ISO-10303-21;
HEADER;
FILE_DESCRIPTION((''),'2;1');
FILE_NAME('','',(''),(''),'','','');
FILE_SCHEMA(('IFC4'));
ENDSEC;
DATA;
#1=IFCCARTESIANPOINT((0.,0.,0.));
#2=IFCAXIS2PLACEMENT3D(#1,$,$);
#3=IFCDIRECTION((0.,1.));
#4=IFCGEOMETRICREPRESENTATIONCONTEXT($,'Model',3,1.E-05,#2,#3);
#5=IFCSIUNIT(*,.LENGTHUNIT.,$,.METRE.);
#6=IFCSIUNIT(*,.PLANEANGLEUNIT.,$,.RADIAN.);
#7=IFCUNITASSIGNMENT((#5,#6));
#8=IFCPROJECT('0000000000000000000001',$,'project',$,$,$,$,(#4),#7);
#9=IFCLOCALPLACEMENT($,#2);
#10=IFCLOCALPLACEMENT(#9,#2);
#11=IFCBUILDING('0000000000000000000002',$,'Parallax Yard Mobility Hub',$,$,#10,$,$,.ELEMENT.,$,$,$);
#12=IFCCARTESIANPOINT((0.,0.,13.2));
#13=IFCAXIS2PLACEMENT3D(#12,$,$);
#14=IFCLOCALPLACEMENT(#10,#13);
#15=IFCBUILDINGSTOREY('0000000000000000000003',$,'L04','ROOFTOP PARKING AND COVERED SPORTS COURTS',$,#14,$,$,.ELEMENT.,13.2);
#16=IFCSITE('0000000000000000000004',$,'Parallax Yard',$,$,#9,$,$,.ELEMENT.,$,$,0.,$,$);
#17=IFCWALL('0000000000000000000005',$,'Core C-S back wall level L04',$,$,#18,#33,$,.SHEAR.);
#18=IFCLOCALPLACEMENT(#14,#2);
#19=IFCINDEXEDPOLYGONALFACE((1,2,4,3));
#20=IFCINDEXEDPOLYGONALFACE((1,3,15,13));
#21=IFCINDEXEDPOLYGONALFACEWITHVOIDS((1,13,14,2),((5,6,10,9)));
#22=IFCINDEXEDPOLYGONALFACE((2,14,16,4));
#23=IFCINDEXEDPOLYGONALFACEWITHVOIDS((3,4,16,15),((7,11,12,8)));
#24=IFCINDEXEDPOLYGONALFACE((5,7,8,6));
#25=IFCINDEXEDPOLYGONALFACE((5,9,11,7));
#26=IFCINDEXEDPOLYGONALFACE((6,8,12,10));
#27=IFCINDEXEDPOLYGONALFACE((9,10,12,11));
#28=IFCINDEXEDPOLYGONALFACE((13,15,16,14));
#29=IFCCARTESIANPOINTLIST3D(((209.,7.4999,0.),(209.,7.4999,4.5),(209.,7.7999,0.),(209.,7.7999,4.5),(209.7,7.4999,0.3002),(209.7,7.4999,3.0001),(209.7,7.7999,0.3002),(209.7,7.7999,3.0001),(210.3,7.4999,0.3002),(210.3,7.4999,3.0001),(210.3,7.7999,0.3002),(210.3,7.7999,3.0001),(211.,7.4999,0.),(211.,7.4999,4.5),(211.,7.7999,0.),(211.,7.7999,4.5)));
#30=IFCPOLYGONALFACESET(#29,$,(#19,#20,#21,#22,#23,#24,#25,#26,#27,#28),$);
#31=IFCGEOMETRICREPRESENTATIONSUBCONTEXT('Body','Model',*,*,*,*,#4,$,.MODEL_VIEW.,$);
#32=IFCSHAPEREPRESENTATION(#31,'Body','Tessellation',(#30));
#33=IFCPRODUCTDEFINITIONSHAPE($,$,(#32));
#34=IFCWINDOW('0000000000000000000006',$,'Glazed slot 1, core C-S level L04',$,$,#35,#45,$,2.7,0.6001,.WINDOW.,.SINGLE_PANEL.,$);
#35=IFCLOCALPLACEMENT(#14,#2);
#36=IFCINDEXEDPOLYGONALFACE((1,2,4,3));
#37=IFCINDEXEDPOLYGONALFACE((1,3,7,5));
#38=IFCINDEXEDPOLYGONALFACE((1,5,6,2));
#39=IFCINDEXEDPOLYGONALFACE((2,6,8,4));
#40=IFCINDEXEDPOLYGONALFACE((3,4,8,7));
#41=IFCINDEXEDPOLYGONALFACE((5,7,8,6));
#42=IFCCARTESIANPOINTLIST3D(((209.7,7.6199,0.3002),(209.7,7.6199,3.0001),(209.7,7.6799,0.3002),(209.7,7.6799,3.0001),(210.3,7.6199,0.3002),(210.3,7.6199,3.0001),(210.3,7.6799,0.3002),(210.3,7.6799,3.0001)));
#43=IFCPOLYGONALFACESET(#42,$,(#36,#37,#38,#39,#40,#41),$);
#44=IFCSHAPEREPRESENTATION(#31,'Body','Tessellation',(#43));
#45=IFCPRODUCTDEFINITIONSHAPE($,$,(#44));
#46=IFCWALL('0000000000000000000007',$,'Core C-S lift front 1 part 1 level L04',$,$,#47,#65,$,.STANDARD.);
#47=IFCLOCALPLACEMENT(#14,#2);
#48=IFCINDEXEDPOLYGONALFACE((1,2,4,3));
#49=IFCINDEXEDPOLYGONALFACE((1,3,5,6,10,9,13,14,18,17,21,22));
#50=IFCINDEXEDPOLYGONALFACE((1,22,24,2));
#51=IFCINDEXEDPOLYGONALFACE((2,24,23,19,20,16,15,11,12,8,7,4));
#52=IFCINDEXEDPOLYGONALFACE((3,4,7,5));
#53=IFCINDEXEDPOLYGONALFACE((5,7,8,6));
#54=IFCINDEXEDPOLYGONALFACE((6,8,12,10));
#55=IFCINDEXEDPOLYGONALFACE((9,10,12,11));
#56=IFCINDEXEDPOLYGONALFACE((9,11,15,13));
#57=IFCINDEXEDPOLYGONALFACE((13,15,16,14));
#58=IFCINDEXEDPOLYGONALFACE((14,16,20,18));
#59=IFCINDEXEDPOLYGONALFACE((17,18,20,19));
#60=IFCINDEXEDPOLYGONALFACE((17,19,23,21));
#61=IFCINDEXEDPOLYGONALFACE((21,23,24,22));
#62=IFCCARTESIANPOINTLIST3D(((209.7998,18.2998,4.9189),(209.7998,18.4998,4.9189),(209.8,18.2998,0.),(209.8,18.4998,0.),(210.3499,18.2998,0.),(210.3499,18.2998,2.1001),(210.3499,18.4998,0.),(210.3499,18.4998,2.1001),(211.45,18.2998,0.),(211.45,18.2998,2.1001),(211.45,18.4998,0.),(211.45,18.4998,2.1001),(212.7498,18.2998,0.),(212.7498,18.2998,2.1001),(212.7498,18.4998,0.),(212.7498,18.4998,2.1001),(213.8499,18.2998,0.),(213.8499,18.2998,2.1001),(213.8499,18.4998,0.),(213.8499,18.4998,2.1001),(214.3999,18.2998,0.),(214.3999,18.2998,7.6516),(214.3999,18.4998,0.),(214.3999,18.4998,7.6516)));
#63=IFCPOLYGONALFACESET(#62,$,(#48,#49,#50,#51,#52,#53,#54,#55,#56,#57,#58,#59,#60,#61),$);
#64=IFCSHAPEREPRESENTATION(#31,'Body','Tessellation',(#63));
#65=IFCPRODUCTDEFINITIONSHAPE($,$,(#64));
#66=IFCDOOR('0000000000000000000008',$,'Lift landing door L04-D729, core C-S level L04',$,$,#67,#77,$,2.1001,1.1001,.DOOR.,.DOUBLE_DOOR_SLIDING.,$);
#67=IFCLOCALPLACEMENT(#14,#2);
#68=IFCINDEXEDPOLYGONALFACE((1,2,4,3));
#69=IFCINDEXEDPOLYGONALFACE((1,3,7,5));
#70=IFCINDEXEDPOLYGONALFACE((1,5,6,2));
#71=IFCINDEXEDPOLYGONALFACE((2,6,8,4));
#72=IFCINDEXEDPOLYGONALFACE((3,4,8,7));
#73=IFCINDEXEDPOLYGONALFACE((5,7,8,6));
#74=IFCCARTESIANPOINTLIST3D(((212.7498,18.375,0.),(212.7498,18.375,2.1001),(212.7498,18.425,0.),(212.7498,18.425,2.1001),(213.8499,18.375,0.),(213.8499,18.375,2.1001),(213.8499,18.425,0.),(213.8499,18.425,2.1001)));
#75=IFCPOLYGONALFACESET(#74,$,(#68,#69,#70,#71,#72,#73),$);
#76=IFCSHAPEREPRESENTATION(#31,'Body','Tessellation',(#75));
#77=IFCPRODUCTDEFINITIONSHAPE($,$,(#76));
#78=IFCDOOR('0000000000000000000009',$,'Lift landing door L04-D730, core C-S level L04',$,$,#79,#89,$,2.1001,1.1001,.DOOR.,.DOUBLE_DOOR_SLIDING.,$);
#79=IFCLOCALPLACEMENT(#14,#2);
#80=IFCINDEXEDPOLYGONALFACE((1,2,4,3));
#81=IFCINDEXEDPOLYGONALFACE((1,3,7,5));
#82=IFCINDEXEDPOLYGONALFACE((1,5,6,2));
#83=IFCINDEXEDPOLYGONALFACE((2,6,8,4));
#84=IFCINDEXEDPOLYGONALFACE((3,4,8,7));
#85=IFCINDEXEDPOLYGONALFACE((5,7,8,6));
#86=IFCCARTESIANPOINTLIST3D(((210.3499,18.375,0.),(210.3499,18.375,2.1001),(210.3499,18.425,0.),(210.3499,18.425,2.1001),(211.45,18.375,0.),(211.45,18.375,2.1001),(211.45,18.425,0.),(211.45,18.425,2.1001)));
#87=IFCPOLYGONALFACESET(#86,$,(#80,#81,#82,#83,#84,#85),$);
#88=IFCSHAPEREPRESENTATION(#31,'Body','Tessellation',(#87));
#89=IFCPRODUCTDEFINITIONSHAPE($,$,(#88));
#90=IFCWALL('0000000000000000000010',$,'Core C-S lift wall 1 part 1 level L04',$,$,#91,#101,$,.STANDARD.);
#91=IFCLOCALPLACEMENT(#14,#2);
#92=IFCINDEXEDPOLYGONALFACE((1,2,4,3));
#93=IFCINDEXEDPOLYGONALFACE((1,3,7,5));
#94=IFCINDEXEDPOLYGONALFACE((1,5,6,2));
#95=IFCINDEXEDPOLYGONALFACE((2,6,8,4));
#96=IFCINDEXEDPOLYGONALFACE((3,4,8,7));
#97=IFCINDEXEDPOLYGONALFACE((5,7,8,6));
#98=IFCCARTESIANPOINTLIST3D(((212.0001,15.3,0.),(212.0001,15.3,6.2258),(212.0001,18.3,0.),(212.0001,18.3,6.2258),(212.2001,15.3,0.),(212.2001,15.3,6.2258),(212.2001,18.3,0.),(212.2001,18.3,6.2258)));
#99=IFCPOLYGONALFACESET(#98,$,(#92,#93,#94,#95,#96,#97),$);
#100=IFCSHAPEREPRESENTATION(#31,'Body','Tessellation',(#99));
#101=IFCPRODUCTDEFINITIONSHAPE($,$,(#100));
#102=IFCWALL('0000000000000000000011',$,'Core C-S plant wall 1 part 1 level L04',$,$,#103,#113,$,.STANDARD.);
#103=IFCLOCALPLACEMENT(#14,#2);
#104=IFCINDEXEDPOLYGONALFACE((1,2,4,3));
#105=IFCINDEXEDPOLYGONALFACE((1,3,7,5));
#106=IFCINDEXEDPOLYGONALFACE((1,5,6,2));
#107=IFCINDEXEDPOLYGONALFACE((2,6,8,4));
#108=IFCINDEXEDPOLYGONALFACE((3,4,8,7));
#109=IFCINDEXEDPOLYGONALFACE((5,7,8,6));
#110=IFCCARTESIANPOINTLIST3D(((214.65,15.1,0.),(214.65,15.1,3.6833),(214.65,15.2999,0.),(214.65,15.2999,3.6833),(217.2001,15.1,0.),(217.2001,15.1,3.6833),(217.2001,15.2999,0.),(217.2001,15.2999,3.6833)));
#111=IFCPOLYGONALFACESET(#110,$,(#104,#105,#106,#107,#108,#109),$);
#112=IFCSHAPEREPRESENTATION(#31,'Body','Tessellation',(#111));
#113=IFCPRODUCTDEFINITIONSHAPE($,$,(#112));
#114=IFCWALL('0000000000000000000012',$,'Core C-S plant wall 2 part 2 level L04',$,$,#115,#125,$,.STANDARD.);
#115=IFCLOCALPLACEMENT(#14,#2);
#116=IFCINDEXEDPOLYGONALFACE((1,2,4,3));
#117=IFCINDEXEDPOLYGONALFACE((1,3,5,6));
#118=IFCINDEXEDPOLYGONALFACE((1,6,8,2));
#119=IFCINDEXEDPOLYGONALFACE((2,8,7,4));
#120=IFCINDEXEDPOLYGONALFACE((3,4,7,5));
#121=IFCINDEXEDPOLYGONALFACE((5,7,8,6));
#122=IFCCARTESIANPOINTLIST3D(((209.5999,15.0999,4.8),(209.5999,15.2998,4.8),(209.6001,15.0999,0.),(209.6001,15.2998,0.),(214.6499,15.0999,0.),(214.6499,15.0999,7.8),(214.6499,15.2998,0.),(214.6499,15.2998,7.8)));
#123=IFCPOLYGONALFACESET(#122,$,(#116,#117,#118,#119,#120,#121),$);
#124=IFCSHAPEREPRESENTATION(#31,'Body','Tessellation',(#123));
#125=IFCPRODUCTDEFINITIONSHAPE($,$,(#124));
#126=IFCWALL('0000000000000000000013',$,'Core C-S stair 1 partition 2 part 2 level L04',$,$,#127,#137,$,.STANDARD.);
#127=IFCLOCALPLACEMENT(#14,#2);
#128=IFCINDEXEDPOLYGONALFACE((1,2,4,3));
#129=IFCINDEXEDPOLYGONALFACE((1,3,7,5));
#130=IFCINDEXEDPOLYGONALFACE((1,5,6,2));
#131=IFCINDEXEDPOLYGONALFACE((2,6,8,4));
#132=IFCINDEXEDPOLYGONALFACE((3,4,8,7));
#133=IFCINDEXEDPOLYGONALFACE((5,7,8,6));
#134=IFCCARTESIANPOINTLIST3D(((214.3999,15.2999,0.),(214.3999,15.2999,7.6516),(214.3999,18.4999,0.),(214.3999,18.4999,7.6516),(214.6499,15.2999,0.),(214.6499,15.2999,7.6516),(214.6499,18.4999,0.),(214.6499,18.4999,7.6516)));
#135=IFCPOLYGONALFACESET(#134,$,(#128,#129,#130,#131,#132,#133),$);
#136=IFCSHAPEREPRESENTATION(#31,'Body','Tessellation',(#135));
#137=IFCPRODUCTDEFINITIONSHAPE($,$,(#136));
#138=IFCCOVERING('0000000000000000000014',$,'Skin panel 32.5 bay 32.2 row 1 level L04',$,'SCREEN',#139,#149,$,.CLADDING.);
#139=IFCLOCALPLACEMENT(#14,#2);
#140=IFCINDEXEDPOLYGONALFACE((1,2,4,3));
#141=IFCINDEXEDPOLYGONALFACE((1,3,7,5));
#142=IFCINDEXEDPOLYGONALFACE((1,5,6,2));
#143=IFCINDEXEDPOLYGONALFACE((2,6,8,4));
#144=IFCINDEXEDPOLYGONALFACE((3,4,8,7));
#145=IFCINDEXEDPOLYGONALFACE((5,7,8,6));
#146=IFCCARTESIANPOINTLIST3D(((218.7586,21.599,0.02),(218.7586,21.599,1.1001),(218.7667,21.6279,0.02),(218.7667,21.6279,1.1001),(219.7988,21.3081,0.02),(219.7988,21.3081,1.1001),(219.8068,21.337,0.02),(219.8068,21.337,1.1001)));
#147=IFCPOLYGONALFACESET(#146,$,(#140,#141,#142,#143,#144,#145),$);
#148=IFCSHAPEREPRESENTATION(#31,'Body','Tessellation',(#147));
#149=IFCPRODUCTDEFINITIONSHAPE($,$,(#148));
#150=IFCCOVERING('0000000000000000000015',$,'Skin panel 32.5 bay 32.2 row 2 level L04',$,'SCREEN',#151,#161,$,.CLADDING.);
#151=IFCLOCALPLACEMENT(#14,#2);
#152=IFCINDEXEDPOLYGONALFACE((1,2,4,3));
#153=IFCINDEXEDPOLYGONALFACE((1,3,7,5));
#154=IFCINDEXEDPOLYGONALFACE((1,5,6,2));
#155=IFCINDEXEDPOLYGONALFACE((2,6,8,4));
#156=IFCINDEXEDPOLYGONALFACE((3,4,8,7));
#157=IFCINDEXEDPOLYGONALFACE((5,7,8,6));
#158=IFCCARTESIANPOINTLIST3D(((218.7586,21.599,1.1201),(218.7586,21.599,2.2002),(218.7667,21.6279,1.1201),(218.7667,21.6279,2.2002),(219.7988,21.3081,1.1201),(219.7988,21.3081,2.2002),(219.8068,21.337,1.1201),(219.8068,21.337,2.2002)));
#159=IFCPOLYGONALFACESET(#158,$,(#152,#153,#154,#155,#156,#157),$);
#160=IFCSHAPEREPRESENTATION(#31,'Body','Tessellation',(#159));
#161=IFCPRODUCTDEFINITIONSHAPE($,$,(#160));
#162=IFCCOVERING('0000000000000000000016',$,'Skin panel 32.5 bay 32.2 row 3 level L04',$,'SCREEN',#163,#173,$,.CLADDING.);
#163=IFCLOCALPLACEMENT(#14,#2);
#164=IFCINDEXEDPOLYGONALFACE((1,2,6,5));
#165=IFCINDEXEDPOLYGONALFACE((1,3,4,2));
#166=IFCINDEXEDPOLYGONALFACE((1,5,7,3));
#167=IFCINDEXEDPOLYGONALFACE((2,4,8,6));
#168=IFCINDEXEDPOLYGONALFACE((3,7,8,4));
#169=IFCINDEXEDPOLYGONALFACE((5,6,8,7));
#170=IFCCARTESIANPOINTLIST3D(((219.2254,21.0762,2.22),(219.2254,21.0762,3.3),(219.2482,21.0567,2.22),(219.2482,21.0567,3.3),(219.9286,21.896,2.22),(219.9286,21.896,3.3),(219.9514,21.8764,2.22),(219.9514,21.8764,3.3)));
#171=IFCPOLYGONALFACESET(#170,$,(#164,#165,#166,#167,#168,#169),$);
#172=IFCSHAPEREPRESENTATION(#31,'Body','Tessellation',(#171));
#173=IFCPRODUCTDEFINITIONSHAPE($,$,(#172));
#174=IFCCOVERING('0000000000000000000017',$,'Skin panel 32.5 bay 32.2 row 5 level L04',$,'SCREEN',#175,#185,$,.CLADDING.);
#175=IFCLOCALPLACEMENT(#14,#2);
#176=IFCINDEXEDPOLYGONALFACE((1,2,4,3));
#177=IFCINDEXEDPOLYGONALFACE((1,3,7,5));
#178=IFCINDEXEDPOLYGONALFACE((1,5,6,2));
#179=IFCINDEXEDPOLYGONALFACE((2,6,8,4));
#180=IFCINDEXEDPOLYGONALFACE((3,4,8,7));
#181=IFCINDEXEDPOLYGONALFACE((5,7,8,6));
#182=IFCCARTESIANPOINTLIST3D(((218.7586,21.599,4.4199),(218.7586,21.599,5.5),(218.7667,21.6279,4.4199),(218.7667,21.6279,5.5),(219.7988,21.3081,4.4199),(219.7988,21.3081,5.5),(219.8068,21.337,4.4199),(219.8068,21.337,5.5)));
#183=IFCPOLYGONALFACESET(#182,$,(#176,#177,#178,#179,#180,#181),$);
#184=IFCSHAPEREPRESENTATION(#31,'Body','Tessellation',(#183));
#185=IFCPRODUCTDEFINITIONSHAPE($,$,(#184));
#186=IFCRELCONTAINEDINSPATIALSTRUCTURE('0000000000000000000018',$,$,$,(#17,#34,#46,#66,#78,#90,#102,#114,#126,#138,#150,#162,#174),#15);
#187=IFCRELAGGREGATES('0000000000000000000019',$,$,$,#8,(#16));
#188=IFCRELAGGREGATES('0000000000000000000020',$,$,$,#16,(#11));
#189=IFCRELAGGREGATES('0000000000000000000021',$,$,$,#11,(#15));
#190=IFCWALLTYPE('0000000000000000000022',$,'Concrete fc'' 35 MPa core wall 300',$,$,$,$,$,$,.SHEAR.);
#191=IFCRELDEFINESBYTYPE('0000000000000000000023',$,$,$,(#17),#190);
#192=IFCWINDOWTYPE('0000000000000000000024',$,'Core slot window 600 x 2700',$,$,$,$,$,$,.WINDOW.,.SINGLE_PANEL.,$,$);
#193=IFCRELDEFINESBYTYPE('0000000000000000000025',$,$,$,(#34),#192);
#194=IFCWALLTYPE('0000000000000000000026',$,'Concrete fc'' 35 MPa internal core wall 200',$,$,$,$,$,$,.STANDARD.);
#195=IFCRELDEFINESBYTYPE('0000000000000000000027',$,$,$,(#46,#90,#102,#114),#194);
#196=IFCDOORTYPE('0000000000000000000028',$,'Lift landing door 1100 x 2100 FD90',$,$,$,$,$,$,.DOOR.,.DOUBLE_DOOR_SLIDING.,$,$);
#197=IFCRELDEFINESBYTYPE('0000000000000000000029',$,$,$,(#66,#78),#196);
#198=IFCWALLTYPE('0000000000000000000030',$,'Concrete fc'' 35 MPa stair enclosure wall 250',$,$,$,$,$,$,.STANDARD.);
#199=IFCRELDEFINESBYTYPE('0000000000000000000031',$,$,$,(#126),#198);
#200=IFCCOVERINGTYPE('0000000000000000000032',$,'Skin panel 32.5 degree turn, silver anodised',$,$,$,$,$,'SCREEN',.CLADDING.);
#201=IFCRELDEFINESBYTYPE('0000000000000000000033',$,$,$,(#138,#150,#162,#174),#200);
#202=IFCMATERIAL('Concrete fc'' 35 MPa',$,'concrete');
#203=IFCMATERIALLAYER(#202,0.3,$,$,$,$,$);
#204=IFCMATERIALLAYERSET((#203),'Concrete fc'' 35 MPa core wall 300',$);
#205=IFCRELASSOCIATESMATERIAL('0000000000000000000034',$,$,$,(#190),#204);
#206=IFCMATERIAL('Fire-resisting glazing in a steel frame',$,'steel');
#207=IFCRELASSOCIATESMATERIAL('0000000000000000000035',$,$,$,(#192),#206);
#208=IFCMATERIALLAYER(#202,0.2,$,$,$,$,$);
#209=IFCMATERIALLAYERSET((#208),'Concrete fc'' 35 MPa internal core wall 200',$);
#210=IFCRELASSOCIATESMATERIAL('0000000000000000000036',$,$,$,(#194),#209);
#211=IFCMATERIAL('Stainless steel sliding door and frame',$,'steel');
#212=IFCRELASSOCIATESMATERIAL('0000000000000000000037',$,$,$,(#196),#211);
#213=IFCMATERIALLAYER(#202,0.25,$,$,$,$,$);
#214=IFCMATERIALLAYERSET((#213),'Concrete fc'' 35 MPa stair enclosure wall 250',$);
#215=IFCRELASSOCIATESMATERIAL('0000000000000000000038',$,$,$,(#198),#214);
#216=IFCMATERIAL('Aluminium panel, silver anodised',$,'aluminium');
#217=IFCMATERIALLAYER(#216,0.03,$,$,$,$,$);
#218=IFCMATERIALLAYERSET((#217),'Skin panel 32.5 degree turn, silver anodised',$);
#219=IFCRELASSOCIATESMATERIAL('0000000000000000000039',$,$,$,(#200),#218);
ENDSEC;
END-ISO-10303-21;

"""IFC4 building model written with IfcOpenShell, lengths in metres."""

from ifc_helpers import new_model, si_unit, direction, frame, frame_2d, origin, origin_2d, place, context, subcontext, project, spatial, polyline, rectangle, outline, extrude, material, layer, layer_set, type_object, element, fill, save


model = new_model("IFC4")

# Units and contexts
model_context = context("Model", 3, precision=1e-05, world=origin(), true_north=direction((0.0, 1.0)))
body_context = subcontext(model_context, "Body", "Model", "MODEL_VIEW")
ifc_project = project(units=[si_unit("LENGTHUNIT", "METRE"), si_unit("PLANEANGLEUNIT", "RADIAN")], contexts=[model_context])

# Site, building, storey
site_placement = place(None, origin())
site = spatial("IfcSite", under=ifc_project, at=site_placement, Name="Parallax Yard", CompositionType="ELEMENT", RefElevation=0.0)
building_placement = place(site_placement, origin())
building = spatial("IfcBuilding", under=site, at=building_placement, Name="Parallax Yard Mobility Hub", CompositionType="ELEMENT")
storey_placement = place(building_placement, frame((0.0, 0.0, 13.2)))
storey = spatial("IfcBuildingStorey", under=building, at=storey_placement, Name="L04", Description="ROOFTOP PARKING AND COVERED SPORTS COURTS", CompositionType="ELEMENT", Elevation=13.2)

# Wall, opening, window
ifc_material_1 = material(Name="Concrete fc' 35 MPa", Category="concrete")
ifc_layer_1 = layer(ifc_material_1, 0.3)
ifc_layer_set_1 = layer_set([ifc_layer_1], Name="Concrete fc' 35 MPa core wall 300")
wall_type_1 = type_object("IfcWallType", Name="Concrete fc' 35 MPa core wall 300", PredefinedType="SHEAR", material=ifc_layer_set_1)
wall_1_placement = place(storey_placement, frame((211.0, 7.6499, 0.0), z_axis=(0.0, 0.0, 1.0), x_axis=(-1.0, 0.0, 0.0)))
wall_1 = element("IfcWall", 1, at=wall_1_placement, inside=storey, type_object=wall_type_1, Name="Core C-S back wall level L04", PredefinedType="SHEAR", context=body_context, shape_type="SweptSolid", body=[
    extrude(rectangle(XDim=2.0, YDim=0.3, at=frame_2d((1.0, 0.0))), origin(), (0.0, 0.0, 1.0), 4.5),
])
opening_1_placement = place(wall_1_placement, frame((0.7, 0.0, 0.3)))
opening_1 = element("IfcOpeningElement", 2, at=opening_1_placement, cuts=wall_1, PredefinedType="OPENING", context=body_context, shape_type="SweptSolid", body=[
    extrude(rectangle(XDim=0.6001, YDim=2.7, at=frame_2d((0.3, 1.3501))), frame((0.0, 0.1602, 0.0), z_axis=(0.0, -1.0, 0.0), x_axis=(1.0, 0.0, 0.0)), (0.0, 0.0, 1.0), 0.3201),
])
ifc_material_2 = material(Name="Fire-resisting glazing in a steel frame", Category="steel")
window_type = type_object("IfcWindowType", Name="Core slot window 600 x 2700", PartitioningType="SINGLE_PANEL", PredefinedType="WINDOW", material=ifc_material_2)
window_placement = place(opening_1_placement, origin())
window = element("IfcWindow", 3, at=window_placement, inside=storey, type_object=window_type, Name="Glazed slot 1, core C-S level L04", OverallHeight=2.7, OverallWidth=0.6001, PartitioningType="SINGLE_PANEL", PredefinedType="WINDOW", context=body_context, shape_type="SweptSolid", body=[
    extrude(rectangle(XDim=0.6001, YDim=2.7, at=frame_2d((0.3, 1.3501))), frame((0.0, 0.03, 0.0), z_axis=(0.0, -1.0, 0.0), x_axis=(1.0, 0.0, 0.0)), (0.0, 0.0, 1.0), 0.0601),
])
fill(opening_1, window)

# Wall, openings, doors
ifc_layer_2 = layer(ifc_material_1, 0.2)
ifc_layer_set_2 = layer_set([ifc_layer_2], Name="Concrete fc' 35 MPa internal core wall 200")
wall_type_2 = type_object("IfcWallType", Name="Concrete fc' 35 MPa internal core wall 200", PredefinedType="STANDARD", material=ifc_layer_set_2)
wall_2_placement = place(storey_placement, frame((214.3999, 18.3999, 0.0), z_axis=(0.0, 0.0, 1.0), x_axis=(-1.0, 0.0, 0.0)))
wall_2 = element("IfcWall", 4, at=wall_2_placement, inside=storey, type_object=wall_type_2, Name="Core C-S lift front 1 part 1 level L04", PredefinedType="STANDARD", context=body_context, shape_type="SweptSolid", body=[
    extrude(outline(polyline([(0.0, 0.0), (4.5999, 0.0), (4.6001, 4.9189), (0.0, 7.6516), (0.0, 0.0)])), frame((0.0, 0.1001, 0.0), z_axis=(0.0, -1.0, 0.0), x_axis=(1.0, 0.0, 0.0)), (0.0, 0.0, 1.0), 0.2),
])
opening_2_placement = place(wall_2_placement, frame((0.55, 0.0, 0.0)))
opening_2 = element("IfcOpeningElement", 5, at=opening_2_placement, cuts=wall_2, PredefinedType="OPENING", context=body_context, shape_type="SweptSolid", body=[
    extrude(rectangle(XDim=1.1001, YDim=2.1001, at=frame_2d((0.55, 1.05))), frame((0.0, 0.1099, 0.0), z_axis=(0.0, -1.0, 0.0), x_axis=(1.0, 0.0, 0.0)), (0.0, 0.0, 1.0), 0.22),
])
opening_3_placement = place(wall_2_placement, frame((2.95, 0.0, 0.0)))
opening_3 = element("IfcOpeningElement", 6, at=opening_3_placement, cuts=wall_2, PredefinedType="OPENING", context=body_context, shape_type="SweptSolid", body=[
    extrude(rectangle(XDim=1.1001, YDim=2.1001, at=frame_2d((0.55, 1.05))), frame((0.0, 0.1099, 0.0), z_axis=(0.0, -1.0, 0.0), x_axis=(1.0, 0.0, 0.0)), (0.0, 0.0, 1.0), 0.22),
])
ifc_material_3 = material(Name="Stainless steel sliding door and frame", Category="steel")
door_type = type_object("IfcDoorType", Name="Lift landing door 1100 x 2100 FD90", OperationType="DOUBLE_DOOR_SLIDING", PredefinedType="DOOR", material=ifc_material_3)
door_1_placement = place(opening_2_placement, origin())
door_1 = element("IfcDoor", 7, at=door_1_placement, inside=storey, type_object=door_type, Name="Lift landing door L04-D729, core C-S level L04", OperationType="DOUBLE_DOOR_SLIDING", OverallHeight=2.1001, OverallWidth=1.1001, PredefinedType="DOOR", context=body_context, shape_type="SweptSolid", body=[
    extrude(rectangle(XDim=1.1001, YDim=2.1001, at=frame_2d((0.55, 1.05))), frame((0.0, 0.0249, 0.0), z_axis=(0.0, -1.0, 0.0), x_axis=(1.0, 0.0, 0.0)), (0.0, 0.0, 1.0), 0.05),
])
fill(opening_2, door_1)
door_2_placement = place(opening_3_placement, origin())
door_2 = element("IfcDoor", 8, at=door_2_placement, inside=storey, type_object=door_type, Name="Lift landing door L04-D730, core C-S level L04", OperationType="DOUBLE_DOOR_SLIDING", OverallHeight=2.1001, OverallWidth=1.1001, PredefinedType="DOOR", context=body_context, shape_type="SweptSolid", body=[
    extrude(rectangle(XDim=1.1001, YDim=2.1001, at=frame_2d((0.55, 1.05))), frame((0.0, 0.0249, 0.0), z_axis=(0.0, -1.0, 0.0), x_axis=(1.0, 0.0, 0.0)), (0.0, 0.0, 1.0), 0.05),
])
fill(opening_3, door_2)

# Walls
wall_3_placement = place(storey_placement, frame((212.1001, 18.3, 0.0), z_axis=(0.0, 0.0, 1.0), x_axis=(0.0, -1.0, 0.0)))
element("IfcWall", 9, at=wall_3_placement, inside=storey, type_object=wall_type_2, Name="Core C-S lift wall 1 part 1 level L04", PredefinedType="STANDARD", context=body_context, shape_type="SweptSolid", body=[
    extrude(rectangle(XDim=3.0, YDim=0.2, at=frame_2d((1.5, 0.0))), origin(), (0.0, 0.0, 1.0), 6.2258),
])
wall_4_placement = place(storey_placement, frame((217.2, 15.2, 0.0), z_axis=(0.0, 0.0, 1.0), x_axis=(-1.0, 0.0, 0.0)))
element("IfcWall", 10, at=wall_4_placement, inside=storey, type_object=wall_type_2, Name="Core C-S plant wall 1 part 1 level L04", PredefinedType="STANDARD", context=body_context, shape_type="SweptSolid", body=[
    extrude(rectangle(XDim=2.55, YDim=0.2, at=frame_2d((1.2749, 0.0))), origin(), (0.0, 0.0, 1.0), 3.6833),
])
wall_5_placement = place(storey_placement, frame((214.6499, 15.2, 0.0), z_axis=(0.0, 0.0, 1.0), x_axis=(-1.0, 0.0, 0.0)))
element("IfcWall", 11, at=wall_5_placement, inside=storey, type_object=wall_type_2, Name="Core C-S plant wall 2 part 2 level L04", PredefinedType="STANDARD", context=body_context, shape_type="SweptSolid", body=[
    extrude(outline(polyline([(0.0, 0.0), (5.0498, 0.0), (5.05, 4.8), (0.0, 7.8), (0.0, 0.0)])), frame((0.0, 0.1001, 0.0), z_axis=(0.0, -1.0, 0.0), x_axis=(1.0, 0.0, 0.0)), (0.0, 0.0, 1.0), 0.2),
])
ifc_layer_3 = layer(ifc_material_1, 0.25)
ifc_layer_set_3 = layer_set([ifc_layer_3], Name="Concrete fc' 35 MPa stair enclosure wall 250")
wall_type_3 = type_object("IfcWallType", Name="Concrete fc' 35 MPa stair enclosure wall 250", PredefinedType="STANDARD", material=ifc_layer_set_3)
wall_6_placement = place(storey_placement, frame((214.5249, 18.5, 0.0), z_axis=(0.0, 0.0, 1.0), x_axis=(0.0, -1.0, 0.0)))
element("IfcWall", 12, at=wall_6_placement, inside=storey, type_object=wall_type_3, Name="Core C-S stair 1 partition 2 part 2 level L04", PredefinedType="STANDARD", context=body_context, shape_type="SweptSolid", body=[
    extrude(rectangle(XDim=3.2, YDim=0.25, at=frame_2d((1.6001, 0.0))), origin(), (0.0, 0.0, 1.0), 7.6516),
])

# Coverings
ifc_material_4 = material(Name="Aluminium panel, silver anodised", Category="aluminium")
ifc_layer_4 = layer(ifc_material_4, 0.03)
ifc_layer_set_4 = layer_set([ifc_layer_4], Name="Skin panel 32.5 degree turn, silver anodised")
covering_type_1 = type_object("IfcCoveringType", Name="Skin panel 32.5 degree turn, silver anodised", ElementType="SCREEN", PredefinedType="CLADDING", material=ifc_layer_set_4)
for number, where, z_axis, x_axis, name in (
    (13, (219.2827, 21.468, 0.02), (0.0, 0.0, 1.0), (0.963045, -0.26934, 0.0), "Skin panel 32.5 bay 32.2 row 1 level L04"),
    (14, (219.2827, 21.468, 1.1201), (0.0, 0.0, 1.0), (0.963045, -0.26934, 0.0), "Skin panel 32.5 bay 32.2 row 2 level L04"),
    (15, (219.5884, 21.4763, 2.22), (0.0, 0.0, 1.0), (-0.651105, -0.758987, 0.0), "Skin panel 32.5 bay 32.2 row 3 level L04"),
    (16, (219.2827, 21.468, 4.4199), (0.0, 0.0, 1.0), (0.963045, -0.26934, 0.0), "Skin panel 32.5 bay 32.2 row 5 level L04"),
):
    element("IfcCovering", number, at=place(storey_placement, frame(where, z_axis=z_axis, x_axis=x_axis)), inside=storey, type_object=covering_type_1, Name=name, ObjectType="SCREEN", PredefinedType="CLADDING", context=body_context, shape_type="SweptSolid", body=[
        extrude(rectangle(XDim=1.0801, YDim=0.03, at=origin_2d()), origin(), (0.0, 0.0, 1.0), 1.0801),
    ])

save(model, "model.ifc")
